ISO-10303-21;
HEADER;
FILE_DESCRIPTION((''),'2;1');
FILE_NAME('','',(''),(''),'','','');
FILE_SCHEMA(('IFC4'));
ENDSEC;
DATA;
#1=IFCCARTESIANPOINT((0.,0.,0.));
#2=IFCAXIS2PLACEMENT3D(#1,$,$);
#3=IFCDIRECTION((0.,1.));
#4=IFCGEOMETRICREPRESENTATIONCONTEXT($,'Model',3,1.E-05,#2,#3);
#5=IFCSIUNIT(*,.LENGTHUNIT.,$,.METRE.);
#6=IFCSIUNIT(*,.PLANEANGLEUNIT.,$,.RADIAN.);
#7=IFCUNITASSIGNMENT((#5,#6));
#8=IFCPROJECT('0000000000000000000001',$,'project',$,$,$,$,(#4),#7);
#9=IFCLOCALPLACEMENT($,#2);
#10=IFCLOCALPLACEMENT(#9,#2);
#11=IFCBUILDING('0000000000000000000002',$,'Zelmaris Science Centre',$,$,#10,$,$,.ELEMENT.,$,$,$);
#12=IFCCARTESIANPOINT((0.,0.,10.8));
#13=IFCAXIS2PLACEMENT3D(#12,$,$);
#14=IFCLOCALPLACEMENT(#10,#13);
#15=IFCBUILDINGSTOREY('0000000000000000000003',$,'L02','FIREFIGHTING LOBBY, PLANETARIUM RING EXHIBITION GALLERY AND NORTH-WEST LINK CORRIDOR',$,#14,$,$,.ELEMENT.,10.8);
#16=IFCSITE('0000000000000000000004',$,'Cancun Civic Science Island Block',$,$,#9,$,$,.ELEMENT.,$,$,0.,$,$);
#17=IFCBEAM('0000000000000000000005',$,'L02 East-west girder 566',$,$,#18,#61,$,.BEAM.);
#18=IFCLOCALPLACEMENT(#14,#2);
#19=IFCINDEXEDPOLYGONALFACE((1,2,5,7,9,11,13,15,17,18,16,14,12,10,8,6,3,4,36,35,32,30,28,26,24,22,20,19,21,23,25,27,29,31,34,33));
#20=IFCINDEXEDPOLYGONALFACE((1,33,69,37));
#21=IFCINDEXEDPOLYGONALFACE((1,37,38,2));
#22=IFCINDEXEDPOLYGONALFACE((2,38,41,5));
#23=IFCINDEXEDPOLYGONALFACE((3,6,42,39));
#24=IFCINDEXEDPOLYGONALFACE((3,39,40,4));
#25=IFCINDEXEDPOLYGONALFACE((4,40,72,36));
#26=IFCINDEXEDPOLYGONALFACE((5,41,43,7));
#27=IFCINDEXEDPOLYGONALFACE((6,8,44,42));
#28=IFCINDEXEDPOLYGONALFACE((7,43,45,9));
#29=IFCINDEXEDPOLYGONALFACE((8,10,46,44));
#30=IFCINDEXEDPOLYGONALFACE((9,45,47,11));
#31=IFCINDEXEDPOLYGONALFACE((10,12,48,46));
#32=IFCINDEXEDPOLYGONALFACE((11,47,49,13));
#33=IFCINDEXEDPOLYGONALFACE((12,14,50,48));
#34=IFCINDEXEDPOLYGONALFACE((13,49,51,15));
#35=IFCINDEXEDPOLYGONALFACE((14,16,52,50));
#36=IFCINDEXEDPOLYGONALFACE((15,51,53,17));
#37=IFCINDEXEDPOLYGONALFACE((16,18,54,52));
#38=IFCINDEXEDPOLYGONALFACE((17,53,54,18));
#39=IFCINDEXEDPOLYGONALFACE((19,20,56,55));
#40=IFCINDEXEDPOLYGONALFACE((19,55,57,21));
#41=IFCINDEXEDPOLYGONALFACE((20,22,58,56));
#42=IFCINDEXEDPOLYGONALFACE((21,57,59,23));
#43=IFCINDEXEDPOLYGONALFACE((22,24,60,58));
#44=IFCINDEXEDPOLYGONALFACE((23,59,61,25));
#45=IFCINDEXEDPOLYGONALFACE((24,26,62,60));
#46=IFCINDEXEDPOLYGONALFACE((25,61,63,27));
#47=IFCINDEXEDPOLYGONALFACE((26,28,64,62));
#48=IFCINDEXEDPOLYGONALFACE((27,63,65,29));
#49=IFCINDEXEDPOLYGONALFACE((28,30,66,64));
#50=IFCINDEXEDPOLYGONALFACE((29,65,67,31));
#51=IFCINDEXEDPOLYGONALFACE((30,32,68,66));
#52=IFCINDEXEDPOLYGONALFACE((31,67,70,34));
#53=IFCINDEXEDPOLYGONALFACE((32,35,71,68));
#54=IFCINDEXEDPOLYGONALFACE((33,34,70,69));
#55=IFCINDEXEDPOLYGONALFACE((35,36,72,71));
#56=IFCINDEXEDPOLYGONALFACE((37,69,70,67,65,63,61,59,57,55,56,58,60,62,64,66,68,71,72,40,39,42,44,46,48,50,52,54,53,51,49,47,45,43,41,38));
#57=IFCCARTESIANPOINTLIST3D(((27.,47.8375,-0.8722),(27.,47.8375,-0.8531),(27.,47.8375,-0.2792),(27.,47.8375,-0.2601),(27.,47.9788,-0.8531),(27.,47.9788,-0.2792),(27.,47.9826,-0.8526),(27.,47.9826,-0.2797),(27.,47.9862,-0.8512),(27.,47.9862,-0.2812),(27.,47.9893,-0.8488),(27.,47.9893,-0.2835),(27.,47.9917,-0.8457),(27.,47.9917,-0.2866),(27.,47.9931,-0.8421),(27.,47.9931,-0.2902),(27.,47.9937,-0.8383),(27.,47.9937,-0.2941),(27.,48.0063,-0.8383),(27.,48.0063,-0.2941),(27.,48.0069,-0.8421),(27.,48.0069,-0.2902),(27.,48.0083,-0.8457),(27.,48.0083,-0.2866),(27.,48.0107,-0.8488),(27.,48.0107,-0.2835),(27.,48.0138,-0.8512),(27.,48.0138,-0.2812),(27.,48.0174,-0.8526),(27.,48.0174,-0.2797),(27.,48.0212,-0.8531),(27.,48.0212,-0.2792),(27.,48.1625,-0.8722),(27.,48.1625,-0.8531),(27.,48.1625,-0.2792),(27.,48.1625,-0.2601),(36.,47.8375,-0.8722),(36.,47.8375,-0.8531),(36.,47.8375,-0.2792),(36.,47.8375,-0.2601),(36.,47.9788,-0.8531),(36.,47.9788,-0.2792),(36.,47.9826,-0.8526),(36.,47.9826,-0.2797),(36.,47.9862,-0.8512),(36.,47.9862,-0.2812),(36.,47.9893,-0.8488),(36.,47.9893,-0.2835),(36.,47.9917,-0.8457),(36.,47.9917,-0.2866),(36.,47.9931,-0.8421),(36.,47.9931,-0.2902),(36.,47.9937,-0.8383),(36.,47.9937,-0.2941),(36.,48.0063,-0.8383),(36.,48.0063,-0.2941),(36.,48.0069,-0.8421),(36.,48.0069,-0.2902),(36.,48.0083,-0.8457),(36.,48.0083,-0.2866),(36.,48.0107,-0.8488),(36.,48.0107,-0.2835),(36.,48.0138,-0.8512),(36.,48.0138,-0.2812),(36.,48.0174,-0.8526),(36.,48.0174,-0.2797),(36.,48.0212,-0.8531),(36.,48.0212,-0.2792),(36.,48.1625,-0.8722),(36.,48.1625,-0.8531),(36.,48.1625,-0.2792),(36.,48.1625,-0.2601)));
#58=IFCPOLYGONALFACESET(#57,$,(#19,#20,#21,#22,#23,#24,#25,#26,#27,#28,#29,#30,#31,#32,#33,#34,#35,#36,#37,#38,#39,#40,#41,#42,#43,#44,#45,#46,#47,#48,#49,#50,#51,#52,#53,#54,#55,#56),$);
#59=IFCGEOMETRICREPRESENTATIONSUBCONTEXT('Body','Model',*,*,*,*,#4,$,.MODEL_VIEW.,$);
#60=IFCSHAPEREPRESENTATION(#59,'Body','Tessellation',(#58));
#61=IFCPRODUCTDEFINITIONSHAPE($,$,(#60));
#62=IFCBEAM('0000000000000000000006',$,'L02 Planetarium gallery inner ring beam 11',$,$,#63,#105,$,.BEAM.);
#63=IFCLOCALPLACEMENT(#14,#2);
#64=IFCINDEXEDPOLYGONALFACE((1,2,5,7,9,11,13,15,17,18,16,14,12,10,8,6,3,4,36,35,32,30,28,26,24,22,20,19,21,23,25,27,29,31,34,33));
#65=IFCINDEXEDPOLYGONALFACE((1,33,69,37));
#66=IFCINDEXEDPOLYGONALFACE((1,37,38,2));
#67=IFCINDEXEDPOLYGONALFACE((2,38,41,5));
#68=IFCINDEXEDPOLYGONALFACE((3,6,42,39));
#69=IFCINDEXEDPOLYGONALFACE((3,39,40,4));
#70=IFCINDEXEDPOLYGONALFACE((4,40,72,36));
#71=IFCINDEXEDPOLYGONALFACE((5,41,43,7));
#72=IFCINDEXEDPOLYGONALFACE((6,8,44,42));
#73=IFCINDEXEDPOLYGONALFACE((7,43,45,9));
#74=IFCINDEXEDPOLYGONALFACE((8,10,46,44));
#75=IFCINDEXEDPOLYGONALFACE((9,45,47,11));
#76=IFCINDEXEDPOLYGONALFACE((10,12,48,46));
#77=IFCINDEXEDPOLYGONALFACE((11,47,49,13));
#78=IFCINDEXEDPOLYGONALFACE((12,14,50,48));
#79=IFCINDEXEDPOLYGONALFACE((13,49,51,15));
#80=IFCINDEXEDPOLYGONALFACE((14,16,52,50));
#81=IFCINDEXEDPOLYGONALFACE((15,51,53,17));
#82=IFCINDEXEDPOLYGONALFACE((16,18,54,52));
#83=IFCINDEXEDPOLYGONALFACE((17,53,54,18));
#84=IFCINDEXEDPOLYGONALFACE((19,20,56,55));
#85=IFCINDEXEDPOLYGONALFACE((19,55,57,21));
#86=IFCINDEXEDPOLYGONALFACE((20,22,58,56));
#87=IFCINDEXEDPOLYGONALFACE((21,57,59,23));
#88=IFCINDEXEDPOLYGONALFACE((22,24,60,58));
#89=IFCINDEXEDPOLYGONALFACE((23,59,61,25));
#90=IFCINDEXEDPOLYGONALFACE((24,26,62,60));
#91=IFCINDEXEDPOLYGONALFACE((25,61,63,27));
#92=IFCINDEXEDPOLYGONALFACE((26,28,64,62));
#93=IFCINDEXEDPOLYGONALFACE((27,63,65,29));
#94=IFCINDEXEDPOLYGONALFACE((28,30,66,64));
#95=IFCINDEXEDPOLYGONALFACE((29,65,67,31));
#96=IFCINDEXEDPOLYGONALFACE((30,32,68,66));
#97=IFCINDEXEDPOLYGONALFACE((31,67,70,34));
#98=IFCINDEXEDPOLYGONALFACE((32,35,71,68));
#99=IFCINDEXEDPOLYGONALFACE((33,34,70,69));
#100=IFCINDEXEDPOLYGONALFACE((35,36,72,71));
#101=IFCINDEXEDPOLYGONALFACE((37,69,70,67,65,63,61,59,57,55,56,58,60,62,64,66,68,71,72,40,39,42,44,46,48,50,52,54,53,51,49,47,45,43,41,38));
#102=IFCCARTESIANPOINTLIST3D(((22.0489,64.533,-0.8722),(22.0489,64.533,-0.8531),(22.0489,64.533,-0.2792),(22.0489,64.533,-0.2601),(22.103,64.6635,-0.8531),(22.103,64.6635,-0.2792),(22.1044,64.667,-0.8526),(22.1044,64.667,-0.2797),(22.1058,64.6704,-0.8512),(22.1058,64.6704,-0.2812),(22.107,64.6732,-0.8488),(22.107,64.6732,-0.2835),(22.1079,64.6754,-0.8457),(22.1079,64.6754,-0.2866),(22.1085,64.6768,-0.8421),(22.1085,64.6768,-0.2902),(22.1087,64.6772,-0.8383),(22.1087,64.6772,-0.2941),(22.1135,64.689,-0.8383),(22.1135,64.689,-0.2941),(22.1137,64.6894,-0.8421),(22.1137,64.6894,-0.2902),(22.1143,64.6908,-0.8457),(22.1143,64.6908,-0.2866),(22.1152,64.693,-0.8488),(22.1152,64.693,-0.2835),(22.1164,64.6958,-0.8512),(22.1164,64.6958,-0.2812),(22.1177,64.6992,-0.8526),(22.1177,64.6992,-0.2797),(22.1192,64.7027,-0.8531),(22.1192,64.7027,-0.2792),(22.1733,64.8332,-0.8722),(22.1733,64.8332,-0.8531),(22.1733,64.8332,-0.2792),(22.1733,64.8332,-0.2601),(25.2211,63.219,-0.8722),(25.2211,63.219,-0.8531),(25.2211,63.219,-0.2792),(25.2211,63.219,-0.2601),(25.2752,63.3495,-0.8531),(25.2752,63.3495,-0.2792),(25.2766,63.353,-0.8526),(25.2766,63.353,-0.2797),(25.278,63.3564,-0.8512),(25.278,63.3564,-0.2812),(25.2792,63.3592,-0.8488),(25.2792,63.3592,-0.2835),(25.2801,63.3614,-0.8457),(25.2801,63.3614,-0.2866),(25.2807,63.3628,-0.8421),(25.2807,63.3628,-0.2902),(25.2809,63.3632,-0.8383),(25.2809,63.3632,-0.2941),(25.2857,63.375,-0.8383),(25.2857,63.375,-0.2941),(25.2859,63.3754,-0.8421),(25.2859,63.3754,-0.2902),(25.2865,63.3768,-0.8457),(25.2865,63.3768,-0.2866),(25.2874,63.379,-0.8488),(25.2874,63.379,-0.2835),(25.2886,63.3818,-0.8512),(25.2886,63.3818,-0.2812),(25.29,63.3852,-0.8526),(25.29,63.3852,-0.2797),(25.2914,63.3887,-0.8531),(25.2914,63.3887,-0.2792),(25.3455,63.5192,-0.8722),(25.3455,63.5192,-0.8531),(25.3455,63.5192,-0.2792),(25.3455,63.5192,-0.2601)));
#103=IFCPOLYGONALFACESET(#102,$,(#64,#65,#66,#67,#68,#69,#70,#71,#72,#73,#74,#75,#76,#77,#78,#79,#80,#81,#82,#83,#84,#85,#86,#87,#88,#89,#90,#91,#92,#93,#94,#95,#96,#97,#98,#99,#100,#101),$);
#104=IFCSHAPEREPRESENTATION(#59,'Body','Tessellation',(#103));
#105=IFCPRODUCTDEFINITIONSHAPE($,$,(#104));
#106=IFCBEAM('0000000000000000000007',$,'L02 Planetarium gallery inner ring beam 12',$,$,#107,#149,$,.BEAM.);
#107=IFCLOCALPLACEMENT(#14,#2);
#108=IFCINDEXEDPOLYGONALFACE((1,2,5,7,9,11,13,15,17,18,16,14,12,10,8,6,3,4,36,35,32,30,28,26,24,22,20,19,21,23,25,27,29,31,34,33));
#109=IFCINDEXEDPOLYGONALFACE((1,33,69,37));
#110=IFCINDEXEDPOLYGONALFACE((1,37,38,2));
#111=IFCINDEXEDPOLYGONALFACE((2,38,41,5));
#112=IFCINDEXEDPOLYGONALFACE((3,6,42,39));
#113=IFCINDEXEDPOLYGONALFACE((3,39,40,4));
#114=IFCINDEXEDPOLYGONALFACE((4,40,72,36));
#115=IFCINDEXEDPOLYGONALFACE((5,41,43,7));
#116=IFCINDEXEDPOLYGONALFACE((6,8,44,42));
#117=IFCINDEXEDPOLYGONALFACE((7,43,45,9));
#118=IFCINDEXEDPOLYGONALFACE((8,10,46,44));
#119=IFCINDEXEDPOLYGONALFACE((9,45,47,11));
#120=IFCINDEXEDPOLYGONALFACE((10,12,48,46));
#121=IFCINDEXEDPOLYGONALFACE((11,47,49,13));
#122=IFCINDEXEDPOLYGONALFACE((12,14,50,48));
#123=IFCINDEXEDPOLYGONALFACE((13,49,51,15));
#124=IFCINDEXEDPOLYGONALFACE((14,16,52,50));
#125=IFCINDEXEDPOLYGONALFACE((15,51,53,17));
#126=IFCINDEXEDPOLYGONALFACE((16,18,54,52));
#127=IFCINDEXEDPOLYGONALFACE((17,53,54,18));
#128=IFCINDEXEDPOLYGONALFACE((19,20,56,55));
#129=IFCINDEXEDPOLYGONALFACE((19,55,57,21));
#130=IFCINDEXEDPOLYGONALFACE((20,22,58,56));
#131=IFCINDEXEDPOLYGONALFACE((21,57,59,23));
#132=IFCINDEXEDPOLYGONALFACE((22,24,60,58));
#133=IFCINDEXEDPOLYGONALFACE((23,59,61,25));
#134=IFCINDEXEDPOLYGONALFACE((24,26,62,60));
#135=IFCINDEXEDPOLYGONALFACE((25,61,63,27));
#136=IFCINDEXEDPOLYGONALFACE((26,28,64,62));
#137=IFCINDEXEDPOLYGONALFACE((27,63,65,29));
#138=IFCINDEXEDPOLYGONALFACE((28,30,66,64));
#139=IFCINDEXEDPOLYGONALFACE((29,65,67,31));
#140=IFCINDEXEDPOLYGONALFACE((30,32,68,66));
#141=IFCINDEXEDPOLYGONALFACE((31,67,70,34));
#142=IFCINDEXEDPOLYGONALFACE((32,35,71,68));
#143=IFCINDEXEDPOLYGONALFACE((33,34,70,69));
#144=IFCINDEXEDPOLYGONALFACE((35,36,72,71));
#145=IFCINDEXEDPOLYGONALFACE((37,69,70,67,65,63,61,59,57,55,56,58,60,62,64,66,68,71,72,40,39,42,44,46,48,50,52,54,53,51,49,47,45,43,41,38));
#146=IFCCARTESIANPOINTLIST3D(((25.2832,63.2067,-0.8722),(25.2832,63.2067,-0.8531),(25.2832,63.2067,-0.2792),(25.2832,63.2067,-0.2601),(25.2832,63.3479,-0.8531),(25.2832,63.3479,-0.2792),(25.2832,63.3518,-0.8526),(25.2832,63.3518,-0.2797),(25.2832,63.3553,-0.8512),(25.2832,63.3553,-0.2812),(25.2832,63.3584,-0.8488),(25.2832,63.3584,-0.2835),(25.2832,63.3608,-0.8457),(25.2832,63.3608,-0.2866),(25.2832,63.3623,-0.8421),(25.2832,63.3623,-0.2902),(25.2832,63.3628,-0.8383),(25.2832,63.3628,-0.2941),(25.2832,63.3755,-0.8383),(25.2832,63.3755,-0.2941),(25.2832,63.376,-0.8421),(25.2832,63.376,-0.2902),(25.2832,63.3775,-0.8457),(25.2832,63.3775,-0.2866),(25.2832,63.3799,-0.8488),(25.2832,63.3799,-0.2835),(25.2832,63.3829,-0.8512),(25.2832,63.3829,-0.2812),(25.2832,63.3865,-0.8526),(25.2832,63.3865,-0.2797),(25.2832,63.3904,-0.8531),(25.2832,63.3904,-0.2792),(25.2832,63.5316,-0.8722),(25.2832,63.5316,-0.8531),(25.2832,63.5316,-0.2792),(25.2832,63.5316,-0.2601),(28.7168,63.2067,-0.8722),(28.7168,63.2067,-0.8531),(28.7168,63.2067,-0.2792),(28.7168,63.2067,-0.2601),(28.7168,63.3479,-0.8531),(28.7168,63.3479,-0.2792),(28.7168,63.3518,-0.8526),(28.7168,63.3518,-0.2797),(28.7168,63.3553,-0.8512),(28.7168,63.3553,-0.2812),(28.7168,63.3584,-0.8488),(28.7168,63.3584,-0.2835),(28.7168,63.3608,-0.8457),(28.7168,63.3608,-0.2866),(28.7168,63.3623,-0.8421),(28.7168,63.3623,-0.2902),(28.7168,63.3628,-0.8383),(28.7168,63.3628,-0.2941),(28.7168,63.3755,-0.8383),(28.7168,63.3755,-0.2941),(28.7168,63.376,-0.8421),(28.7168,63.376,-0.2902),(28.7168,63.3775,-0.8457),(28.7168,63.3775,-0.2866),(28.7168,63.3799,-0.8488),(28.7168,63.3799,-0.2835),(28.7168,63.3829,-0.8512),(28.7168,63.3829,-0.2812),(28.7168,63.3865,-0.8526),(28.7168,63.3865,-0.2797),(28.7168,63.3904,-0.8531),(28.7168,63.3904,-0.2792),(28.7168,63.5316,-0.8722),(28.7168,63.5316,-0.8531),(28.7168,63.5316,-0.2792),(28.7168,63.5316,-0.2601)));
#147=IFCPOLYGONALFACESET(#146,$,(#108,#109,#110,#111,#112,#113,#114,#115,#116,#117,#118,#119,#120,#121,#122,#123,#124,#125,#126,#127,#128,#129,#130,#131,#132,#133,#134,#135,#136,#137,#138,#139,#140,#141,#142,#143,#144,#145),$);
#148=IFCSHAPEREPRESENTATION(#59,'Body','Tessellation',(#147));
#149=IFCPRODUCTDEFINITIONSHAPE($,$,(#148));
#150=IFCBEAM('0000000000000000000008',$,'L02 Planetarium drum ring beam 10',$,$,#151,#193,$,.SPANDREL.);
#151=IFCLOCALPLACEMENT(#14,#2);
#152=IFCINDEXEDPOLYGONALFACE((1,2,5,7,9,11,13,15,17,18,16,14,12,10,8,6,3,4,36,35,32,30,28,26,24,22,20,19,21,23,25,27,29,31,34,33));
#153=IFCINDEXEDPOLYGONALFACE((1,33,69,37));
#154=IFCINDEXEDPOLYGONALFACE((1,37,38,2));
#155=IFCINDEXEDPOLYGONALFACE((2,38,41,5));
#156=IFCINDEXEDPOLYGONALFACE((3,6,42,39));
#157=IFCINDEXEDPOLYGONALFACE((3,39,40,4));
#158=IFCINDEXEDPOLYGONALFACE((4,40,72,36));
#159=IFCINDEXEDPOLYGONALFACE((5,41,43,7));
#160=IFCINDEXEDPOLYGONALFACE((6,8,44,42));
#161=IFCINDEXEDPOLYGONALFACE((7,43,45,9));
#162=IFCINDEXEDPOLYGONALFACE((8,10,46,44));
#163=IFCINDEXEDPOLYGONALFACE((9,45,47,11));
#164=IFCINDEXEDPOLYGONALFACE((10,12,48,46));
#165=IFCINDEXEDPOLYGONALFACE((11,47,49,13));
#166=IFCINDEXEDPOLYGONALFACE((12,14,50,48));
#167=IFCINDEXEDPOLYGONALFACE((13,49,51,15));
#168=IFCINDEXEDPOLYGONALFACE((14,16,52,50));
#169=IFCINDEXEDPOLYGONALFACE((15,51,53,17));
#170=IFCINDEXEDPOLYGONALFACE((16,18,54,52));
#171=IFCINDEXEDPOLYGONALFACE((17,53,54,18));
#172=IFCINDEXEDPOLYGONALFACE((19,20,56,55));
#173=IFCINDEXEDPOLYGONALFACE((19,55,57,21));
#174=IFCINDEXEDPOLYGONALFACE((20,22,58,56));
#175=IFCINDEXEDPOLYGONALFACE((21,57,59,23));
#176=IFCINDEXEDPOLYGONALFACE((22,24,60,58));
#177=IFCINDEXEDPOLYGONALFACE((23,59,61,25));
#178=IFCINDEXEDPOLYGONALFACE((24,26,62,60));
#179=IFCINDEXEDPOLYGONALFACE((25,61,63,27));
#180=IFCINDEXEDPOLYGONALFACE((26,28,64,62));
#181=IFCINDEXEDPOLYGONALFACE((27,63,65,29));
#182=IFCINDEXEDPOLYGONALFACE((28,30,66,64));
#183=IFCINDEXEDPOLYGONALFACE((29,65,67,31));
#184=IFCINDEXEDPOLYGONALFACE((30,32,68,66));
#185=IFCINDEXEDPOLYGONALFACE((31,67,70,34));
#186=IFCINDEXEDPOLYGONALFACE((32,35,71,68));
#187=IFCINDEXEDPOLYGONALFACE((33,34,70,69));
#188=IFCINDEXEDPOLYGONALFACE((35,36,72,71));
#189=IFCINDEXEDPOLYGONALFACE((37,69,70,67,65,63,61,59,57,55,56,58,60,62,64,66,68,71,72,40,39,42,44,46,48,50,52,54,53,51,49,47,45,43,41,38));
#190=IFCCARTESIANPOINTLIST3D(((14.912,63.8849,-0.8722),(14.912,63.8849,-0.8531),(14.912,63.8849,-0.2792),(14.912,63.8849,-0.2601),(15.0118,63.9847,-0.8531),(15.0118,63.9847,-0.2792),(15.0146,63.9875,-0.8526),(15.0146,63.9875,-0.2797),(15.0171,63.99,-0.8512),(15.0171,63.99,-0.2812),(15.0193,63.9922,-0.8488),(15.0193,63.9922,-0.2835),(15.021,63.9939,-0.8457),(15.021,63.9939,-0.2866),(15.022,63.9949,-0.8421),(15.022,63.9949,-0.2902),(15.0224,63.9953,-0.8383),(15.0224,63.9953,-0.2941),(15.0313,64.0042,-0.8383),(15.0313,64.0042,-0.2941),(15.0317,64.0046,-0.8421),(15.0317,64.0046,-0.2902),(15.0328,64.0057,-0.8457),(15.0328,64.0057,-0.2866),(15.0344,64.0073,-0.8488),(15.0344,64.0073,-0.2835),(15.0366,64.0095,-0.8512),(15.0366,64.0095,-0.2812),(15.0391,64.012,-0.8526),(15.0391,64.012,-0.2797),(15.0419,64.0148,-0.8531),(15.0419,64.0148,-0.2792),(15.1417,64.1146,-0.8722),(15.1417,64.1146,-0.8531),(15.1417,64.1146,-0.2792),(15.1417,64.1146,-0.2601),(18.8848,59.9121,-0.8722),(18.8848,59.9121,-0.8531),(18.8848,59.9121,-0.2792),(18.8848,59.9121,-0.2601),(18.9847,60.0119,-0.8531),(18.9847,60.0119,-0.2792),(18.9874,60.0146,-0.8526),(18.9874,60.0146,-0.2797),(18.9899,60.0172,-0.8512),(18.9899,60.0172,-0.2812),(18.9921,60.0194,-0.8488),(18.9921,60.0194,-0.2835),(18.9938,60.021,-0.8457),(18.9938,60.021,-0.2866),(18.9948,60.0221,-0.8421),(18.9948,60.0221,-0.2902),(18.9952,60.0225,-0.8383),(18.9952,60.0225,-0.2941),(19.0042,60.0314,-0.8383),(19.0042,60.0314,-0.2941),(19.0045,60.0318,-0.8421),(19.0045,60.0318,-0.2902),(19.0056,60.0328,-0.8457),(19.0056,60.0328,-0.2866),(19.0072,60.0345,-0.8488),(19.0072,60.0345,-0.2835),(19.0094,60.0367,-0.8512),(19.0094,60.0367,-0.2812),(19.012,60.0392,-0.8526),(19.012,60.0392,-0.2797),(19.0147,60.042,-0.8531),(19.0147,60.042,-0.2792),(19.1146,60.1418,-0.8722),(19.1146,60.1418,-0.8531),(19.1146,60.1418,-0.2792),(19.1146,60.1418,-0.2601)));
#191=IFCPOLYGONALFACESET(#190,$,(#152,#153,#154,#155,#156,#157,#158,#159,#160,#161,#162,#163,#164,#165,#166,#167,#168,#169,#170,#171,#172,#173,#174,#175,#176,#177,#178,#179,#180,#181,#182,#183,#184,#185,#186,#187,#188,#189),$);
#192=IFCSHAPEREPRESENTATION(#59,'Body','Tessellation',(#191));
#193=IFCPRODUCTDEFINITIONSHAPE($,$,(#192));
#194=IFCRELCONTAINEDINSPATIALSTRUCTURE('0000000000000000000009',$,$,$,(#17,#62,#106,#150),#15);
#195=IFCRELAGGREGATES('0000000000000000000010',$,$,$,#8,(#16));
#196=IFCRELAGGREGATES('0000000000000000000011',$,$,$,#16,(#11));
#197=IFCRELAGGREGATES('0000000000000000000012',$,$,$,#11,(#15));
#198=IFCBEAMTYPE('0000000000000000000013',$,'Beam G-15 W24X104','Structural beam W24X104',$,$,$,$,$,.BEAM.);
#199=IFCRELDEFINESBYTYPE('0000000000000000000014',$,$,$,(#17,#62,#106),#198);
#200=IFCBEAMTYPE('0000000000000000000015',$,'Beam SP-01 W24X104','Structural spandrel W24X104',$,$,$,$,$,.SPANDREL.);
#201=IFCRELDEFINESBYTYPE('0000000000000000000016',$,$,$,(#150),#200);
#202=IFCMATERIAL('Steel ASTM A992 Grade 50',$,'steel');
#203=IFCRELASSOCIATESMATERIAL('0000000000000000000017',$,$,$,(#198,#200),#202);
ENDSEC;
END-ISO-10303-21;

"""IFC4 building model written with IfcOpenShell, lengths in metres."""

from ifc_helpers import new_model, si_unit, direction, frame, origin, origin_2d, place, context, subcontext, project, spatial, i_section, extrude, material, material_profile, profile_set, type_object, element, save


model = new_model("IFC4")

# Units and contexts
model_context = context("Model", 3, precision=1e-05, world=origin(), true_north=direction((0.0, 1.0)))
body_context = subcontext(model_context, "Body", "Model", "MODEL_VIEW")
ifc_project = project(units=[si_unit("LENGTHUNIT", "METRE"), si_unit("PLANEANGLEUNIT", "RADIAN")], contexts=[model_context])

# Site, building, storey
site_placement = place(None, origin())
site = spatial("IfcSite", under=ifc_project, at=site_placement, Name="Cancun Civic Science Island Block", CompositionType="ELEMENT", RefElevation=0.0)
building_placement = place(site_placement, origin())
building = spatial("IfcBuilding", under=site, at=building_placement, Name="Zelmaris Science Centre", CompositionType="ELEMENT")
storey_placement = place(building_placement, frame((0.0, 0.0, 10.8)))
storey = spatial("IfcBuildingStorey", under=building, at=storey_placement, Name="L02", Description="FIREFIGHTING LOBBY, PLANETARIUM RING EXHIBITION GALLERY AND NORTH-WEST LINK CORRIDOR", CompositionType="ELEMENT", Elevation=10.8)

# Beams
ifc_material_1 = material(Name="Steel ASTM A992 Grade 50", Category="steel")
ifc_material_profile_1 = material_profile(ifc_material_1, i_section(OverallWidth=0.325, OverallDepth=0.6121, WebThickness=0.0127, FlangeThickness=0.019, FilletRadius=0.0149, at=origin_2d()), Name="W24X104")
ifc_profile_set_1 = profile_set([ifc_material_profile_1], Name="Steel ASTM A992 Grade 50")
beam_type_1 = type_object("IfcBeamType", Name="Beam G-15 W24X104", Description="Structural beam W24X104", PredefinedType="BEAM", material=ifc_profile_set_1)
beam_1_placement = place(storey_placement, frame((27.0, 48.0, -0.5662), z_axis=(1.0, 0.0, 0.0), x_axis=(0.0, 1.0, 0.0)))
element("IfcBeam", 1, at=beam_1_placement, inside=storey, type_object=beam_type_1, Name="L02 East-west girder 566", PredefinedType="BEAM", context=body_context, shape_type="SweptSolid", body=[
    extrude(i_section(OverallWidth=0.325, OverallDepth=0.6121, WebThickness=0.0127, FlangeThickness=0.019, FilletRadius=0.0149, at=origin_2d()), origin(), (0.0, 0.0, 1.0), 9.0),
])
for number, where, z_axis, x_axis, name in (
    (2, (22.1111, 64.6831, -0.5662), (0.923876, -0.382691, 0.0), (0.382691, 0.923876, 0.0), "L02 Planetarium gallery inner ring beam 11"),
    (3, (25.2832, 63.3691, -0.5662), (1.0, 0.0, 0.0), (0.0, 1.0, 0.0), "L02 Planetarium gallery inner ring beam 12"),
):
    element("IfcBeam", number, at=place(storey_placement, frame(where, z_axis=z_axis, x_axis=x_axis)), inside=storey, type_object=beam_type_1, Name=name, PredefinedType="BEAM", context=body_context, shape_type="SweptSolid", body=[
        extrude(i_section(OverallWidth=0.325, OverallDepth=0.6121, WebThickness=0.0127, FlangeThickness=0.019, FilletRadius=0.0149, at=origin_2d()), origin(), (0.0, 0.0, 1.0), 3.4336),
    ])
ifc_material_profile_2 = material_profile(ifc_material_1, i_section(OverallWidth=0.325, OverallDepth=0.6121, WebThickness=0.0127, FlangeThickness=0.019, FilletRadius=0.0149, at=origin_2d()), Name="W24X104")
ifc_profile_set_2 = profile_set([ifc_material_profile_2], Name="Steel ASTM A992 Grade 50")
beam_type_2 = type_object("IfcBeamType", Name="Beam SP-01 W24X104", Description="Structural spandrel W24X104", PredefinedType="SPANDREL", material=ifc_profile_set_2)
beam_2_placement = place(storey_placement, frame((15.0269, 63.9998, -0.5662), z_axis=(0.707107, -0.707107, 0.0), x_axis=(0.707107, 0.707107, 0.0)))
element("IfcBeam", 4, at=beam_2_placement, inside=storey, type_object=beam_type_2, Name="L02 Planetarium drum ring beam 10", PredefinedType="SPANDREL", context=body_context, shape_type="SweptSolid", body=[
    extrude(i_section(OverallWidth=0.325, OverallDepth=0.6121, WebThickness=0.0127, FlangeThickness=0.019, FilletRadius=0.0149, at=origin_2d()), origin(), (0.0, 0.0, 1.0), 5.6184),
])

save(model, "model.ifc")
